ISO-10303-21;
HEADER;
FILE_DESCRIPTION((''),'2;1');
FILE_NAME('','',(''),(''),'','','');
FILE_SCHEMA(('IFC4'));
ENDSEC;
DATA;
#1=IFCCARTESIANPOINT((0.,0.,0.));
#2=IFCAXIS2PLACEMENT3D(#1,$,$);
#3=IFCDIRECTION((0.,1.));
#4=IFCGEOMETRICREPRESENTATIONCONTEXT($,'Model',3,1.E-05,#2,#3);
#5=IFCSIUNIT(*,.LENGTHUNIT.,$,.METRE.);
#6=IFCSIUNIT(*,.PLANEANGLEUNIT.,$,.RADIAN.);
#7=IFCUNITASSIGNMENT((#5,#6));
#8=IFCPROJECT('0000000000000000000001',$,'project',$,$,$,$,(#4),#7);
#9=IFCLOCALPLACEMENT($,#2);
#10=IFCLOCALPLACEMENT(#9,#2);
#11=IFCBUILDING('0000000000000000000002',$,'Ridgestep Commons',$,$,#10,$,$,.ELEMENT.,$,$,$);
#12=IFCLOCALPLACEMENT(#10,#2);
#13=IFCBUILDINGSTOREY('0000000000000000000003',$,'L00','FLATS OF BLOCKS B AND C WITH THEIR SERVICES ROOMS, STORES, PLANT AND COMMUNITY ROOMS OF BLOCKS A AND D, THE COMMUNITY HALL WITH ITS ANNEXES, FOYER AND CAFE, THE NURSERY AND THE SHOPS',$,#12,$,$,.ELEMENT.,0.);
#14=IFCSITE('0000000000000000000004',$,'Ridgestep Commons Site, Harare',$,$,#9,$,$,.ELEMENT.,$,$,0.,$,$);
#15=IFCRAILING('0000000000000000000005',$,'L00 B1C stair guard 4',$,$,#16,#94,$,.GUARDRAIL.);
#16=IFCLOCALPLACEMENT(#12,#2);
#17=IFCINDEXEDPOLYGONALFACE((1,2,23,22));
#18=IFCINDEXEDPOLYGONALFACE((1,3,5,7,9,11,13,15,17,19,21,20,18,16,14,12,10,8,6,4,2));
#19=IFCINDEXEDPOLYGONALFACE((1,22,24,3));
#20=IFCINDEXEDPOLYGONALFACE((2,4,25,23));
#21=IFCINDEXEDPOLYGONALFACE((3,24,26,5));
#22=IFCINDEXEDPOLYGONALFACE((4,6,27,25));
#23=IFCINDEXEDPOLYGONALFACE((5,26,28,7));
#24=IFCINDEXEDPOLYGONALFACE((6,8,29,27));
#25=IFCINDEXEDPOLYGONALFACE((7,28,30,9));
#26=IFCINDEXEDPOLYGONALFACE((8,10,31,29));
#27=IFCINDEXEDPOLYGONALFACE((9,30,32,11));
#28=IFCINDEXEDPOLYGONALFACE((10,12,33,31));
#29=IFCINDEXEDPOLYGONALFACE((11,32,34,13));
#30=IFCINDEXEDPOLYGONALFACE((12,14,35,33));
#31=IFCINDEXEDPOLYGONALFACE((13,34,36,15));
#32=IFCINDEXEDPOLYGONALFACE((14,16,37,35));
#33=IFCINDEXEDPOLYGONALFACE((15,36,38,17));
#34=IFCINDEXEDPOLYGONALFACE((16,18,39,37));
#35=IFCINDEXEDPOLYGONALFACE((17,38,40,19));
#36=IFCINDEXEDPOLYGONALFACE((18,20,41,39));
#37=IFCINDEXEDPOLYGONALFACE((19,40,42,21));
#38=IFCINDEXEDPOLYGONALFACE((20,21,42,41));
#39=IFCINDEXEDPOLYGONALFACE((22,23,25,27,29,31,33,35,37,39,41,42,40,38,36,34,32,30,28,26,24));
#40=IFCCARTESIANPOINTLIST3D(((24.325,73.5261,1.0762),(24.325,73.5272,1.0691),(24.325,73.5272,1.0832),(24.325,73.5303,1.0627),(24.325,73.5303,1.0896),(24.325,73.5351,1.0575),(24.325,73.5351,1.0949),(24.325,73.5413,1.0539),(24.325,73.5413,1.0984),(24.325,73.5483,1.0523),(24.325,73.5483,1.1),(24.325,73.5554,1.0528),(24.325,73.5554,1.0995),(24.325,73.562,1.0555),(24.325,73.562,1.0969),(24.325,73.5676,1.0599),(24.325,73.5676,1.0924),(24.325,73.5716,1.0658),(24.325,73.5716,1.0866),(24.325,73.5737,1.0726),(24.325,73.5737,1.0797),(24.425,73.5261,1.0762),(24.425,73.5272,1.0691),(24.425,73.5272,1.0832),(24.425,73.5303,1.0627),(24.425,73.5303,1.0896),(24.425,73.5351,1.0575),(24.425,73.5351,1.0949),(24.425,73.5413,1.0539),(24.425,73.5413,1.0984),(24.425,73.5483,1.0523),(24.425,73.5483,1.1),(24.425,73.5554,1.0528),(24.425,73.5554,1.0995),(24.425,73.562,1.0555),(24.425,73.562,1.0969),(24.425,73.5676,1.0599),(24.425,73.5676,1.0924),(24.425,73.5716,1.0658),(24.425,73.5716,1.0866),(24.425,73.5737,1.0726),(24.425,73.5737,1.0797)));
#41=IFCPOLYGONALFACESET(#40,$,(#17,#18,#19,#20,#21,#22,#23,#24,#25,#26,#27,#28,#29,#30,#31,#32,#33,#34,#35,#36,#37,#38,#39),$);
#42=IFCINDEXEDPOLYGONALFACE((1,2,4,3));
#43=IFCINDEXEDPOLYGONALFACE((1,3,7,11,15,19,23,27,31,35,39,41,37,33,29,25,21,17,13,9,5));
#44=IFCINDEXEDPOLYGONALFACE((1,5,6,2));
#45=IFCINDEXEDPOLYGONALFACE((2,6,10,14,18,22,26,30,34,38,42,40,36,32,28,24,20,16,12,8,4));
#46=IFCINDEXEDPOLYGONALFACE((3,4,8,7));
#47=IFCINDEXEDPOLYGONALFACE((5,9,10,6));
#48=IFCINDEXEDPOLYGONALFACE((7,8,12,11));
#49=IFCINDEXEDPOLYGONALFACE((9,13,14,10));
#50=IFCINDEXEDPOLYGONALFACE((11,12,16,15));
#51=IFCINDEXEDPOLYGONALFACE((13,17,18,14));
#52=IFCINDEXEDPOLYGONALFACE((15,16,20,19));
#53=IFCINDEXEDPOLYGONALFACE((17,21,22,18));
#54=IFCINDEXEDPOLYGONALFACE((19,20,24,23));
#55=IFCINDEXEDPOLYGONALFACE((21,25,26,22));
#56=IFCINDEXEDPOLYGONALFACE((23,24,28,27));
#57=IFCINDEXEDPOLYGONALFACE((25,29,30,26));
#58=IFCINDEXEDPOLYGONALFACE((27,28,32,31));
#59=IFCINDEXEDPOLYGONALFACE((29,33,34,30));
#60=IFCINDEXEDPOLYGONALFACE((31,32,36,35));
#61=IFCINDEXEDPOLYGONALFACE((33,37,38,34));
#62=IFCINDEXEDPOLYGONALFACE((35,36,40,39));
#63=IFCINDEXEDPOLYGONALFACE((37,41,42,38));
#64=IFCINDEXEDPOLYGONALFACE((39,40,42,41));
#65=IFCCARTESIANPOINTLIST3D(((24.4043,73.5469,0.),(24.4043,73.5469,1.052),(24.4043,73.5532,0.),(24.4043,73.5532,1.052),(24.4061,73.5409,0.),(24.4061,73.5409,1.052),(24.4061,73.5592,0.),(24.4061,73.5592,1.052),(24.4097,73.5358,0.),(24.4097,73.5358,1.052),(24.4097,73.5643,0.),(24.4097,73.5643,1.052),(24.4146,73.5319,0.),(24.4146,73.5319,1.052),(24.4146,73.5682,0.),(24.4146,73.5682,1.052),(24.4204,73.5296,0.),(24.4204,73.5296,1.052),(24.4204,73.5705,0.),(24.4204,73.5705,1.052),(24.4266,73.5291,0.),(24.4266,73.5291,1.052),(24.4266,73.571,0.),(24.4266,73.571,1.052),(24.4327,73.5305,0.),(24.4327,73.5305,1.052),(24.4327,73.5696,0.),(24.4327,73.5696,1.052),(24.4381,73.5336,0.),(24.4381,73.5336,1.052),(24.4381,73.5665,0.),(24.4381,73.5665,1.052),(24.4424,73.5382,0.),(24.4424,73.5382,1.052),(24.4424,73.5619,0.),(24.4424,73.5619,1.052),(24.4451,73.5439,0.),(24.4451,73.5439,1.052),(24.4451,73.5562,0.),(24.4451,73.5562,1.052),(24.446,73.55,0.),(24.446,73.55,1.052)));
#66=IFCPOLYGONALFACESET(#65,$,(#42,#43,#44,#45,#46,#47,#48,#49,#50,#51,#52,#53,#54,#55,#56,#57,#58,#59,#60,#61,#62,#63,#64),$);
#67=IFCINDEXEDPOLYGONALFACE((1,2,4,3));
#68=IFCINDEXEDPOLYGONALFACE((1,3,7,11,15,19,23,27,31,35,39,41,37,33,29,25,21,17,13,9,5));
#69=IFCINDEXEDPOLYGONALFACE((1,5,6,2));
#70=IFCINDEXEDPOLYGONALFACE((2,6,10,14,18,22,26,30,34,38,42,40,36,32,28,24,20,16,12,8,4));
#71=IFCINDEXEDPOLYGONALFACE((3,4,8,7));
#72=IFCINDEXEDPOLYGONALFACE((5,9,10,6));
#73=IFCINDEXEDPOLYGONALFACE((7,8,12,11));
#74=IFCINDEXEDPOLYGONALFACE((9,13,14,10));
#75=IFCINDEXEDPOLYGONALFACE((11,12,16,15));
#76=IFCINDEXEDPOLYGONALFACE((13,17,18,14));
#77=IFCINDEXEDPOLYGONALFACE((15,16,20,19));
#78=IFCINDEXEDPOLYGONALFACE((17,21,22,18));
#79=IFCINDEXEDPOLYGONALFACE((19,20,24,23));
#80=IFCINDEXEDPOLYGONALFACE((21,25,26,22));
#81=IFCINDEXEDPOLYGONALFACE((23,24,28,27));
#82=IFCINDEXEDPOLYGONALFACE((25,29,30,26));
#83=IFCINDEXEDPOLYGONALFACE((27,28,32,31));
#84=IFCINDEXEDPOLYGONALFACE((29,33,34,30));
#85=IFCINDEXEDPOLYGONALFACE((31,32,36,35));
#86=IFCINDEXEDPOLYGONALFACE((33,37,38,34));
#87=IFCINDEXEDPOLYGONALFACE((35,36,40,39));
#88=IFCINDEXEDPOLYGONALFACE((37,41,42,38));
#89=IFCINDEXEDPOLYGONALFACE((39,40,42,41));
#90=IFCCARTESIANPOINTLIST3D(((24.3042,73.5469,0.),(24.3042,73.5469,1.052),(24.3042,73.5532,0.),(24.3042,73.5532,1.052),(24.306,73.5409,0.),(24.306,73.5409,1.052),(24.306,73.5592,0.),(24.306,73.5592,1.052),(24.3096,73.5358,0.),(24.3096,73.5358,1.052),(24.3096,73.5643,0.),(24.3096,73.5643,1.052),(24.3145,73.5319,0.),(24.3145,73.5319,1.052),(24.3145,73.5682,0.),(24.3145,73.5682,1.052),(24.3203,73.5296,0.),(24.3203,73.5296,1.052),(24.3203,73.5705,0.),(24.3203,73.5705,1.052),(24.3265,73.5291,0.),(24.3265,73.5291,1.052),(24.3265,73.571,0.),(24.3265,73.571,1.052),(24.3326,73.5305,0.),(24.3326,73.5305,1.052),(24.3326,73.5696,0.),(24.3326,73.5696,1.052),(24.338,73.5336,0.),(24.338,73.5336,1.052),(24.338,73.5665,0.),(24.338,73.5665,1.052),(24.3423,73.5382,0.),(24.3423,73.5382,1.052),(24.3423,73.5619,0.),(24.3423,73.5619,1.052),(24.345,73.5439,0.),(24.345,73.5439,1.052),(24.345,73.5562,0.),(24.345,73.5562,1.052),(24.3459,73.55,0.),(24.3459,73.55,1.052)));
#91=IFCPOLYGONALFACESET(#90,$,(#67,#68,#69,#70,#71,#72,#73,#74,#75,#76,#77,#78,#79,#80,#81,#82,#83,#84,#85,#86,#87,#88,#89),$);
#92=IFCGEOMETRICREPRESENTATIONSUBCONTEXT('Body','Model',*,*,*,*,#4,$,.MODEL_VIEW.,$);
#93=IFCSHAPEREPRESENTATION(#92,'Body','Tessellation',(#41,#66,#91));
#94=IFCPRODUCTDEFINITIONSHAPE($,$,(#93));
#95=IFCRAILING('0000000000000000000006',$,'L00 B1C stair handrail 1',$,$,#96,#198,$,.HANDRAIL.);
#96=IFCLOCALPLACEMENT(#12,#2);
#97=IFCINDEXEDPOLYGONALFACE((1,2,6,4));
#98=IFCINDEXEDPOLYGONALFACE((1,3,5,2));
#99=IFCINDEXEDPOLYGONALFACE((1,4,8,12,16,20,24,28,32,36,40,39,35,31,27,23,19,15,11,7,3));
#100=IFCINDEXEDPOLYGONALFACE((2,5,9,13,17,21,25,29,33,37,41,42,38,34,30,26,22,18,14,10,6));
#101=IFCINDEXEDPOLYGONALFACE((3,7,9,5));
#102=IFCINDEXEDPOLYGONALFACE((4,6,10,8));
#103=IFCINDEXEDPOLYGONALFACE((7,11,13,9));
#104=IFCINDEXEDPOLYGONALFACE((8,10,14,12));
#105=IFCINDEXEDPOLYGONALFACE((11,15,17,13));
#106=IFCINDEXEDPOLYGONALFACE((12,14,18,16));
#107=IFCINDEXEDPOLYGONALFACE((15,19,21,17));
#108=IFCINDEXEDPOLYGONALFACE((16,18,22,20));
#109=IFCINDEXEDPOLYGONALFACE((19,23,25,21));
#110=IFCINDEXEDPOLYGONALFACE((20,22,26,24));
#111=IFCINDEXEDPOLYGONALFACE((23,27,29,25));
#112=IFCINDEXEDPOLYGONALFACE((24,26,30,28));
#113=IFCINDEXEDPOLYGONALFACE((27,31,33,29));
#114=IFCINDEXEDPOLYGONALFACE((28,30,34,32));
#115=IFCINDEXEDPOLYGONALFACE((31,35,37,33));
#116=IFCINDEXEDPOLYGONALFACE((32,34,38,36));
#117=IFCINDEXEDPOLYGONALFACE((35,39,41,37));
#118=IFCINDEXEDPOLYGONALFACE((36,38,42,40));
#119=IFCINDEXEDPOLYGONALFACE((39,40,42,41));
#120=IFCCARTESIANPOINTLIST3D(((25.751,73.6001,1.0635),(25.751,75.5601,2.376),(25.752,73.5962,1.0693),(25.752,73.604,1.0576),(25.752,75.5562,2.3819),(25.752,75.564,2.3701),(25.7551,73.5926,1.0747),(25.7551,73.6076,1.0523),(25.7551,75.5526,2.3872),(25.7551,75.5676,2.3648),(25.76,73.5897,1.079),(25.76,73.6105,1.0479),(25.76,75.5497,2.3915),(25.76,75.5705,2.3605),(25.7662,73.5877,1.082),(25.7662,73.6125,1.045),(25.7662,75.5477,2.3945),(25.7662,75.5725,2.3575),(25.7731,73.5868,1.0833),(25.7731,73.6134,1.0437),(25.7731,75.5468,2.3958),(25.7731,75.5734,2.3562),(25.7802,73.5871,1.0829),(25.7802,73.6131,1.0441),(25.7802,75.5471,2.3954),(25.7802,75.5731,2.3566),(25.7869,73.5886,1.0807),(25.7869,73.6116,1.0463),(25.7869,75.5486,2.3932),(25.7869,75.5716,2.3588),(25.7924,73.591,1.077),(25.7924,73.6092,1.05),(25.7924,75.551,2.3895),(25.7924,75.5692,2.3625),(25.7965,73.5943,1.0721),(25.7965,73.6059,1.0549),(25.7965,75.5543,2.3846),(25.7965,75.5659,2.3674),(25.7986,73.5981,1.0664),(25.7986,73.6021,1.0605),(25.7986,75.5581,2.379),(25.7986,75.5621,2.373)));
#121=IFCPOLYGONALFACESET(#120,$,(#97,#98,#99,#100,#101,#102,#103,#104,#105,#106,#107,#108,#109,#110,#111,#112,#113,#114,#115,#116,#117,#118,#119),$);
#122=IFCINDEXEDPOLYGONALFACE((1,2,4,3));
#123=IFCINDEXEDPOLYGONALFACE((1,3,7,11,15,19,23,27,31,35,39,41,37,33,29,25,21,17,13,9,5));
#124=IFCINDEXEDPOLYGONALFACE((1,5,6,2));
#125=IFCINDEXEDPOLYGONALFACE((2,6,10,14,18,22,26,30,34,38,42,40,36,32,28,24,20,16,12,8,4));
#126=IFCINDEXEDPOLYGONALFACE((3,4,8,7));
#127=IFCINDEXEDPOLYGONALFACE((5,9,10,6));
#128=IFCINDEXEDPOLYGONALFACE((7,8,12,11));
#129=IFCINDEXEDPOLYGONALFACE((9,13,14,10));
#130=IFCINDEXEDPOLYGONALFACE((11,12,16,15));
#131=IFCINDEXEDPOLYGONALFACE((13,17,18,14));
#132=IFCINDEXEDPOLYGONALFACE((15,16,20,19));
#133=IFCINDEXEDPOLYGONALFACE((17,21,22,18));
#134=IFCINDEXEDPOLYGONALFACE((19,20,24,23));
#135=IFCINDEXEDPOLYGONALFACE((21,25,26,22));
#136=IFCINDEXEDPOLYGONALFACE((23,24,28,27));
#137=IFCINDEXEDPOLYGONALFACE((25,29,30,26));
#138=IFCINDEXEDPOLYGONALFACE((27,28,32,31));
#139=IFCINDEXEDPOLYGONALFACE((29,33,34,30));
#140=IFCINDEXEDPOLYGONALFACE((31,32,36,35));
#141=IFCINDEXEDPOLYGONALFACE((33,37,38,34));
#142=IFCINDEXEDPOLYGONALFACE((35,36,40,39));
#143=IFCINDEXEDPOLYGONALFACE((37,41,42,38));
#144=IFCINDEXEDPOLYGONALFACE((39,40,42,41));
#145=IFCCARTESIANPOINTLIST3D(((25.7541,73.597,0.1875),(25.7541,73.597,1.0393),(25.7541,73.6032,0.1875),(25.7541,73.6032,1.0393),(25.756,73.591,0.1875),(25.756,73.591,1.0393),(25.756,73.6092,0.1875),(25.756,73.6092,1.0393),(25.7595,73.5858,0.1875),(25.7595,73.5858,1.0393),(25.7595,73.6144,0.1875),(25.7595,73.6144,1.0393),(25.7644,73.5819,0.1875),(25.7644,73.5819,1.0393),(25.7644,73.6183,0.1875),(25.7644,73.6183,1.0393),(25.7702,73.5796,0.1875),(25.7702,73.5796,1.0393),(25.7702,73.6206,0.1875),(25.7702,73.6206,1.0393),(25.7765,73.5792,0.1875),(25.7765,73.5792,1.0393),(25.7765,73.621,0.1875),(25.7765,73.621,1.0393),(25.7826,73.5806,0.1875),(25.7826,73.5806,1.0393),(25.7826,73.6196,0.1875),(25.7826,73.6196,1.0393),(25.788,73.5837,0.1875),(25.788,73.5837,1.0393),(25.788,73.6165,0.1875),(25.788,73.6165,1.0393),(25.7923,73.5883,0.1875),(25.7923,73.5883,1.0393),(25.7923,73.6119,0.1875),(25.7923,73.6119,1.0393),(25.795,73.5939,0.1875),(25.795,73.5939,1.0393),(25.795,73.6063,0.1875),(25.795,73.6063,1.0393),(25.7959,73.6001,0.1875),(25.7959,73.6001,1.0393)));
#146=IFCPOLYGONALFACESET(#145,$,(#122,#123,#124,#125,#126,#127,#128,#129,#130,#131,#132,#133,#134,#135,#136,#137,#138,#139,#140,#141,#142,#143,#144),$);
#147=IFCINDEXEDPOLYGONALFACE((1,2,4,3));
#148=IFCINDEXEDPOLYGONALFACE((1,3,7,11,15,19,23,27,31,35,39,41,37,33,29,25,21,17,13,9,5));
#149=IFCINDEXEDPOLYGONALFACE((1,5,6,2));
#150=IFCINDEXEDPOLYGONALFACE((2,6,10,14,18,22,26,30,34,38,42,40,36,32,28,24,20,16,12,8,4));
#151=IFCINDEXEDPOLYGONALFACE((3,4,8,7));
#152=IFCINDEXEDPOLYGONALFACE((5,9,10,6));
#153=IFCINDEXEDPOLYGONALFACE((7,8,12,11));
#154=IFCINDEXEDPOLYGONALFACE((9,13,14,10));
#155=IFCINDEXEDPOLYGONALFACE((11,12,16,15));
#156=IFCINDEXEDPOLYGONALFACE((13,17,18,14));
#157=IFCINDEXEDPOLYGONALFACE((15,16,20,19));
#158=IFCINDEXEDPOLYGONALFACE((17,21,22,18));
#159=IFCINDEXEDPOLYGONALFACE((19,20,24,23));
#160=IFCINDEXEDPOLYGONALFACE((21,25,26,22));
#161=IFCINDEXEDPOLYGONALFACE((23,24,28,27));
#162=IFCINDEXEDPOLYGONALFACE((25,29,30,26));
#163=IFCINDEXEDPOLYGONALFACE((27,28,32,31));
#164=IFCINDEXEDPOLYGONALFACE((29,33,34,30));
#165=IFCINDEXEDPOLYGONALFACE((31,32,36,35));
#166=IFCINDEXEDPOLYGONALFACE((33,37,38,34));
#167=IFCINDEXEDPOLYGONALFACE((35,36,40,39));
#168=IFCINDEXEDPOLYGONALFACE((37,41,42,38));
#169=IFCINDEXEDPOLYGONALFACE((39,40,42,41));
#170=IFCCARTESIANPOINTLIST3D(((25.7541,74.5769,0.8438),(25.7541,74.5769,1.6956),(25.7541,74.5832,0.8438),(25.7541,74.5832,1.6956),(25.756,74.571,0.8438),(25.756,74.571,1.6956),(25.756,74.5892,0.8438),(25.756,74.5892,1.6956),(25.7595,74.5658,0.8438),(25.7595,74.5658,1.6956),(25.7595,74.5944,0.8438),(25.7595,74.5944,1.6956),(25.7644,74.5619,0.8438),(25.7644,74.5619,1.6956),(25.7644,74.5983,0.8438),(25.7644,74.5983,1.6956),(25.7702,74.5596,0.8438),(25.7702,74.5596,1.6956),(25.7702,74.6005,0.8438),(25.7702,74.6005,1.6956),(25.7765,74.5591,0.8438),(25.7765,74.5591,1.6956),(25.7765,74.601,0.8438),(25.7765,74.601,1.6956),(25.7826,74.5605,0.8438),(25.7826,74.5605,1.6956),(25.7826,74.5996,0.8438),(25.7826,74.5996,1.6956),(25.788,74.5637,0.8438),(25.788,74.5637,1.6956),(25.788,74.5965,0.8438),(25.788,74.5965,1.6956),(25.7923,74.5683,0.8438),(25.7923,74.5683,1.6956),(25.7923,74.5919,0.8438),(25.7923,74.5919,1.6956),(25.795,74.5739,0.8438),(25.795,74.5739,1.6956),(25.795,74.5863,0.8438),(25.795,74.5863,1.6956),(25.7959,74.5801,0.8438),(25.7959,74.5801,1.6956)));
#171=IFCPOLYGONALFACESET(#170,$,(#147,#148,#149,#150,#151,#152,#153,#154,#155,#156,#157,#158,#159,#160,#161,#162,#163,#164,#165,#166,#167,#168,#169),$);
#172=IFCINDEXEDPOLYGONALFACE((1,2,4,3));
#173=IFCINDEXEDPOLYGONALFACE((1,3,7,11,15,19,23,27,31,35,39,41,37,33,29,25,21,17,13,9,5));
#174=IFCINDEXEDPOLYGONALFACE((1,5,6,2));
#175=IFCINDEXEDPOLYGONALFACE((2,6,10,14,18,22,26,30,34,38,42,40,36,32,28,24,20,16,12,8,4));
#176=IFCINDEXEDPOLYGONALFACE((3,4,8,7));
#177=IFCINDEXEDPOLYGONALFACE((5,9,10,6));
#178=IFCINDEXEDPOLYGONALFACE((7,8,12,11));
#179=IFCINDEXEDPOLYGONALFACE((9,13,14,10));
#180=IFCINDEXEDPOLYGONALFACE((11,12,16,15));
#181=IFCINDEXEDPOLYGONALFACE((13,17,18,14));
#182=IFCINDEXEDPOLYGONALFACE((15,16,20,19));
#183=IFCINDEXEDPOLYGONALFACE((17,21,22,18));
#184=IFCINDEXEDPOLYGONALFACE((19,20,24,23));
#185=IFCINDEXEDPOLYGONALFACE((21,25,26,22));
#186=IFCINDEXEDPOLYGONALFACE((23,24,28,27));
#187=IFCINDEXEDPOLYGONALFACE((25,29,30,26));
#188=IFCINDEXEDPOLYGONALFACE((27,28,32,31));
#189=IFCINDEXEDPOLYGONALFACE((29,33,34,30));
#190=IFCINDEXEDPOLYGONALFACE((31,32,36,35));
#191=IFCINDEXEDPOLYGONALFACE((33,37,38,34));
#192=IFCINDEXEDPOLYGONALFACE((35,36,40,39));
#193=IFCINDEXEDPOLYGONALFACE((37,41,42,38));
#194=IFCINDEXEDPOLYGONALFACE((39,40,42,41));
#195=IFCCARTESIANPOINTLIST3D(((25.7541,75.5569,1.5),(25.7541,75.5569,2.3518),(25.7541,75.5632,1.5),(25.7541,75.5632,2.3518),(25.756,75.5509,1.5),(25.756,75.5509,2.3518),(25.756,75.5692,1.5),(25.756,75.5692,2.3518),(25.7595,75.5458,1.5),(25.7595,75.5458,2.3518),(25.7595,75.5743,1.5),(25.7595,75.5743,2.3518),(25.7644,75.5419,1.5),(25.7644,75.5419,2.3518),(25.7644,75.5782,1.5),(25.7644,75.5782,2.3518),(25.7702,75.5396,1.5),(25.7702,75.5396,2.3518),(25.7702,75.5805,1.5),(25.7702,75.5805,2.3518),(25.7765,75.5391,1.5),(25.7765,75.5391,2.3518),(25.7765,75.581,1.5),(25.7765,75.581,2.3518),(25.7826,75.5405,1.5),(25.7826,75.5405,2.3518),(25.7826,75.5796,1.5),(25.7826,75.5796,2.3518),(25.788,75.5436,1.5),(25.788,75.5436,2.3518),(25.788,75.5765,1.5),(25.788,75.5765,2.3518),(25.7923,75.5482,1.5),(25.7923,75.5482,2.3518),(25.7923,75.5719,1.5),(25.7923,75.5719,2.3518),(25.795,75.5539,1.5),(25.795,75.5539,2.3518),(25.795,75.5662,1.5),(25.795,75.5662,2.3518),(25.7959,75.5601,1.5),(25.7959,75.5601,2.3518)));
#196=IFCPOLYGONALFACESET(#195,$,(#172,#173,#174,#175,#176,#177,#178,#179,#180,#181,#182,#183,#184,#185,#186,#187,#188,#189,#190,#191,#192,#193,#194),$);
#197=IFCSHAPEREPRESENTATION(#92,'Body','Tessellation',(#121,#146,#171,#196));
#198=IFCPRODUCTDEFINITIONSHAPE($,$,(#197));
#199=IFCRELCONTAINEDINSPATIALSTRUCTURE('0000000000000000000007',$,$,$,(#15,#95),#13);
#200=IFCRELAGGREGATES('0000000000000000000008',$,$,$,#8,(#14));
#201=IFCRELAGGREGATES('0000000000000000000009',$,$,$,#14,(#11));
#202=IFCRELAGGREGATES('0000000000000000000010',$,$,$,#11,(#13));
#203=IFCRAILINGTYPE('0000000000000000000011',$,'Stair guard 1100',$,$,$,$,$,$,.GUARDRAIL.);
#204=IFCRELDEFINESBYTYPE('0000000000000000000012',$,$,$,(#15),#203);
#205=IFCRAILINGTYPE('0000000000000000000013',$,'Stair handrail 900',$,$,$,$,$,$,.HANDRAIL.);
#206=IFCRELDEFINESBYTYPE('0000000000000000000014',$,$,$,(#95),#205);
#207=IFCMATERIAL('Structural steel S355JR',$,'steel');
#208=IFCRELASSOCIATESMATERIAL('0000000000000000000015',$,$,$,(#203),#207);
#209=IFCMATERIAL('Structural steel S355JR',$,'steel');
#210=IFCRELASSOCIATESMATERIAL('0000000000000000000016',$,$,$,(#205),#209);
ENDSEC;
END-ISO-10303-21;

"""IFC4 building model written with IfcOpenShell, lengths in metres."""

from ifc_helpers import new_model, si_unit, direction, frame, origin, origin_2d, place, context, subcontext, project, spatial, circle, extrude, material, type_object, element, save


model = new_model("IFC4")

# Units and contexts
model_context = context("Model", 3, precision=1e-05, world=origin(), true_north=direction((0.0, 1.0)))
body_context = subcontext(model_context, "Body", "Model", "MODEL_VIEW")
ifc_project = project(units=[si_unit("LENGTHUNIT", "METRE"), si_unit("PLANEANGLEUNIT", "RADIAN")], contexts=[model_context])

# Site, building, storey
site_placement = place(None, origin())
site = spatial("IfcSite", under=ifc_project, at=site_placement, Name="Ridgestep Commons Site, Harare", CompositionType="ELEMENT", RefElevation=0.0)
building_placement = place(site_placement, origin())
building = spatial("IfcBuilding", under=site, at=building_placement, Name="Ridgestep Commons", CompositionType="ELEMENT")
storey_placement = place(building_placement, origin())
storey = spatial("IfcBuildingStorey", under=building, at=storey_placement, Name="L00", Description="FLATS OF BLOCKS B AND C WITH THEIR SERVICES ROOMS, STORES, PLANT AND COMMUNITY ROOMS OF BLOCKS A AND D, THE COMMUNITY HALL WITH ITS ANNEXES, FOYER AND CAFE, THE NURSERY AND THE SHOPS", CompositionType="ELEMENT", Elevation=0.0)

# Railings
ifc_material_1 = material(Name="Structural steel S355JR", Category="steel")
railing_type_1 = type_object("IfcRailingType", Name="Stair guard 1100", PredefinedType="GUARDRAIL", material=ifc_material_1)
railing_1_placement = place(storey_placement, frame((24.425, 73.55, 0.0)))
element("IfcRailing", 1, at=railing_1_placement, inside=storey, type_object=railing_type_1, Name="L00 B1C stair guard 4", PredefinedType="GUARDRAIL", context=body_context, shape_type="SweptSolid", body=[
    extrude(circle(Radius=0.0239, at=origin_2d()), frame((0.0, 0.0, 1.0762), z_axis=(-1.0, 0.0, 0.0), x_axis=(0.0, -1.0, 0.0)), (0.0, 0.0, 1.0), 0.1001),
    extrude(circle(Radius=0.021, at=origin_2d()), origin(), (0.0, 0.0, 1.0), 1.052),
    extrude(circle(Radius=0.021, at=origin_2d()), frame((-0.1001, 0.0, 0.0)), (0.0, 0.0, 1.0), 1.052),
])
ifc_material_2 = material(Name="Structural steel S355JR", Category="steel")
railing_type_2 = type_object("IfcRailingType", Name="Stair handrail 900", PredefinedType="HANDRAIL", material=ifc_material_2)
railing_2_placement = place(storey_placement, frame((25.7749, 73.6001, 0.1875)))
element("IfcRailing", 2, at=railing_2_placement, inside=storey, type_object=railing_type_2, Name="L00 B1C stair handrail 1", PredefinedType="HANDRAIL", context=body_context, shape_type="SweptSolid", body=[
    extrude(circle(Radius=0.0239, at=origin_2d()), frame((0.0, 0.0, 0.876), z_axis=(0.0, 0.830902, 0.556419), x_axis=(-1.0, 0.0, 0.0)), (0.0, 0.0, 1.0), 2.3589),
    extrude(circle(Radius=0.021, at=origin_2d()), origin(), (0.0, 0.0, 1.0), 0.8518),
    extrude(circle(Radius=0.021, at=origin_2d()), frame((0.0, 0.98, 0.6562)), (0.0, 0.0, 1.0), 0.8518),
    extrude(circle(Radius=0.021, at=origin_2d()), frame((0.0, 1.96, 1.3125)), (0.0, 0.0, 1.0), 0.8518),
])

save(model, "model.ifc")
